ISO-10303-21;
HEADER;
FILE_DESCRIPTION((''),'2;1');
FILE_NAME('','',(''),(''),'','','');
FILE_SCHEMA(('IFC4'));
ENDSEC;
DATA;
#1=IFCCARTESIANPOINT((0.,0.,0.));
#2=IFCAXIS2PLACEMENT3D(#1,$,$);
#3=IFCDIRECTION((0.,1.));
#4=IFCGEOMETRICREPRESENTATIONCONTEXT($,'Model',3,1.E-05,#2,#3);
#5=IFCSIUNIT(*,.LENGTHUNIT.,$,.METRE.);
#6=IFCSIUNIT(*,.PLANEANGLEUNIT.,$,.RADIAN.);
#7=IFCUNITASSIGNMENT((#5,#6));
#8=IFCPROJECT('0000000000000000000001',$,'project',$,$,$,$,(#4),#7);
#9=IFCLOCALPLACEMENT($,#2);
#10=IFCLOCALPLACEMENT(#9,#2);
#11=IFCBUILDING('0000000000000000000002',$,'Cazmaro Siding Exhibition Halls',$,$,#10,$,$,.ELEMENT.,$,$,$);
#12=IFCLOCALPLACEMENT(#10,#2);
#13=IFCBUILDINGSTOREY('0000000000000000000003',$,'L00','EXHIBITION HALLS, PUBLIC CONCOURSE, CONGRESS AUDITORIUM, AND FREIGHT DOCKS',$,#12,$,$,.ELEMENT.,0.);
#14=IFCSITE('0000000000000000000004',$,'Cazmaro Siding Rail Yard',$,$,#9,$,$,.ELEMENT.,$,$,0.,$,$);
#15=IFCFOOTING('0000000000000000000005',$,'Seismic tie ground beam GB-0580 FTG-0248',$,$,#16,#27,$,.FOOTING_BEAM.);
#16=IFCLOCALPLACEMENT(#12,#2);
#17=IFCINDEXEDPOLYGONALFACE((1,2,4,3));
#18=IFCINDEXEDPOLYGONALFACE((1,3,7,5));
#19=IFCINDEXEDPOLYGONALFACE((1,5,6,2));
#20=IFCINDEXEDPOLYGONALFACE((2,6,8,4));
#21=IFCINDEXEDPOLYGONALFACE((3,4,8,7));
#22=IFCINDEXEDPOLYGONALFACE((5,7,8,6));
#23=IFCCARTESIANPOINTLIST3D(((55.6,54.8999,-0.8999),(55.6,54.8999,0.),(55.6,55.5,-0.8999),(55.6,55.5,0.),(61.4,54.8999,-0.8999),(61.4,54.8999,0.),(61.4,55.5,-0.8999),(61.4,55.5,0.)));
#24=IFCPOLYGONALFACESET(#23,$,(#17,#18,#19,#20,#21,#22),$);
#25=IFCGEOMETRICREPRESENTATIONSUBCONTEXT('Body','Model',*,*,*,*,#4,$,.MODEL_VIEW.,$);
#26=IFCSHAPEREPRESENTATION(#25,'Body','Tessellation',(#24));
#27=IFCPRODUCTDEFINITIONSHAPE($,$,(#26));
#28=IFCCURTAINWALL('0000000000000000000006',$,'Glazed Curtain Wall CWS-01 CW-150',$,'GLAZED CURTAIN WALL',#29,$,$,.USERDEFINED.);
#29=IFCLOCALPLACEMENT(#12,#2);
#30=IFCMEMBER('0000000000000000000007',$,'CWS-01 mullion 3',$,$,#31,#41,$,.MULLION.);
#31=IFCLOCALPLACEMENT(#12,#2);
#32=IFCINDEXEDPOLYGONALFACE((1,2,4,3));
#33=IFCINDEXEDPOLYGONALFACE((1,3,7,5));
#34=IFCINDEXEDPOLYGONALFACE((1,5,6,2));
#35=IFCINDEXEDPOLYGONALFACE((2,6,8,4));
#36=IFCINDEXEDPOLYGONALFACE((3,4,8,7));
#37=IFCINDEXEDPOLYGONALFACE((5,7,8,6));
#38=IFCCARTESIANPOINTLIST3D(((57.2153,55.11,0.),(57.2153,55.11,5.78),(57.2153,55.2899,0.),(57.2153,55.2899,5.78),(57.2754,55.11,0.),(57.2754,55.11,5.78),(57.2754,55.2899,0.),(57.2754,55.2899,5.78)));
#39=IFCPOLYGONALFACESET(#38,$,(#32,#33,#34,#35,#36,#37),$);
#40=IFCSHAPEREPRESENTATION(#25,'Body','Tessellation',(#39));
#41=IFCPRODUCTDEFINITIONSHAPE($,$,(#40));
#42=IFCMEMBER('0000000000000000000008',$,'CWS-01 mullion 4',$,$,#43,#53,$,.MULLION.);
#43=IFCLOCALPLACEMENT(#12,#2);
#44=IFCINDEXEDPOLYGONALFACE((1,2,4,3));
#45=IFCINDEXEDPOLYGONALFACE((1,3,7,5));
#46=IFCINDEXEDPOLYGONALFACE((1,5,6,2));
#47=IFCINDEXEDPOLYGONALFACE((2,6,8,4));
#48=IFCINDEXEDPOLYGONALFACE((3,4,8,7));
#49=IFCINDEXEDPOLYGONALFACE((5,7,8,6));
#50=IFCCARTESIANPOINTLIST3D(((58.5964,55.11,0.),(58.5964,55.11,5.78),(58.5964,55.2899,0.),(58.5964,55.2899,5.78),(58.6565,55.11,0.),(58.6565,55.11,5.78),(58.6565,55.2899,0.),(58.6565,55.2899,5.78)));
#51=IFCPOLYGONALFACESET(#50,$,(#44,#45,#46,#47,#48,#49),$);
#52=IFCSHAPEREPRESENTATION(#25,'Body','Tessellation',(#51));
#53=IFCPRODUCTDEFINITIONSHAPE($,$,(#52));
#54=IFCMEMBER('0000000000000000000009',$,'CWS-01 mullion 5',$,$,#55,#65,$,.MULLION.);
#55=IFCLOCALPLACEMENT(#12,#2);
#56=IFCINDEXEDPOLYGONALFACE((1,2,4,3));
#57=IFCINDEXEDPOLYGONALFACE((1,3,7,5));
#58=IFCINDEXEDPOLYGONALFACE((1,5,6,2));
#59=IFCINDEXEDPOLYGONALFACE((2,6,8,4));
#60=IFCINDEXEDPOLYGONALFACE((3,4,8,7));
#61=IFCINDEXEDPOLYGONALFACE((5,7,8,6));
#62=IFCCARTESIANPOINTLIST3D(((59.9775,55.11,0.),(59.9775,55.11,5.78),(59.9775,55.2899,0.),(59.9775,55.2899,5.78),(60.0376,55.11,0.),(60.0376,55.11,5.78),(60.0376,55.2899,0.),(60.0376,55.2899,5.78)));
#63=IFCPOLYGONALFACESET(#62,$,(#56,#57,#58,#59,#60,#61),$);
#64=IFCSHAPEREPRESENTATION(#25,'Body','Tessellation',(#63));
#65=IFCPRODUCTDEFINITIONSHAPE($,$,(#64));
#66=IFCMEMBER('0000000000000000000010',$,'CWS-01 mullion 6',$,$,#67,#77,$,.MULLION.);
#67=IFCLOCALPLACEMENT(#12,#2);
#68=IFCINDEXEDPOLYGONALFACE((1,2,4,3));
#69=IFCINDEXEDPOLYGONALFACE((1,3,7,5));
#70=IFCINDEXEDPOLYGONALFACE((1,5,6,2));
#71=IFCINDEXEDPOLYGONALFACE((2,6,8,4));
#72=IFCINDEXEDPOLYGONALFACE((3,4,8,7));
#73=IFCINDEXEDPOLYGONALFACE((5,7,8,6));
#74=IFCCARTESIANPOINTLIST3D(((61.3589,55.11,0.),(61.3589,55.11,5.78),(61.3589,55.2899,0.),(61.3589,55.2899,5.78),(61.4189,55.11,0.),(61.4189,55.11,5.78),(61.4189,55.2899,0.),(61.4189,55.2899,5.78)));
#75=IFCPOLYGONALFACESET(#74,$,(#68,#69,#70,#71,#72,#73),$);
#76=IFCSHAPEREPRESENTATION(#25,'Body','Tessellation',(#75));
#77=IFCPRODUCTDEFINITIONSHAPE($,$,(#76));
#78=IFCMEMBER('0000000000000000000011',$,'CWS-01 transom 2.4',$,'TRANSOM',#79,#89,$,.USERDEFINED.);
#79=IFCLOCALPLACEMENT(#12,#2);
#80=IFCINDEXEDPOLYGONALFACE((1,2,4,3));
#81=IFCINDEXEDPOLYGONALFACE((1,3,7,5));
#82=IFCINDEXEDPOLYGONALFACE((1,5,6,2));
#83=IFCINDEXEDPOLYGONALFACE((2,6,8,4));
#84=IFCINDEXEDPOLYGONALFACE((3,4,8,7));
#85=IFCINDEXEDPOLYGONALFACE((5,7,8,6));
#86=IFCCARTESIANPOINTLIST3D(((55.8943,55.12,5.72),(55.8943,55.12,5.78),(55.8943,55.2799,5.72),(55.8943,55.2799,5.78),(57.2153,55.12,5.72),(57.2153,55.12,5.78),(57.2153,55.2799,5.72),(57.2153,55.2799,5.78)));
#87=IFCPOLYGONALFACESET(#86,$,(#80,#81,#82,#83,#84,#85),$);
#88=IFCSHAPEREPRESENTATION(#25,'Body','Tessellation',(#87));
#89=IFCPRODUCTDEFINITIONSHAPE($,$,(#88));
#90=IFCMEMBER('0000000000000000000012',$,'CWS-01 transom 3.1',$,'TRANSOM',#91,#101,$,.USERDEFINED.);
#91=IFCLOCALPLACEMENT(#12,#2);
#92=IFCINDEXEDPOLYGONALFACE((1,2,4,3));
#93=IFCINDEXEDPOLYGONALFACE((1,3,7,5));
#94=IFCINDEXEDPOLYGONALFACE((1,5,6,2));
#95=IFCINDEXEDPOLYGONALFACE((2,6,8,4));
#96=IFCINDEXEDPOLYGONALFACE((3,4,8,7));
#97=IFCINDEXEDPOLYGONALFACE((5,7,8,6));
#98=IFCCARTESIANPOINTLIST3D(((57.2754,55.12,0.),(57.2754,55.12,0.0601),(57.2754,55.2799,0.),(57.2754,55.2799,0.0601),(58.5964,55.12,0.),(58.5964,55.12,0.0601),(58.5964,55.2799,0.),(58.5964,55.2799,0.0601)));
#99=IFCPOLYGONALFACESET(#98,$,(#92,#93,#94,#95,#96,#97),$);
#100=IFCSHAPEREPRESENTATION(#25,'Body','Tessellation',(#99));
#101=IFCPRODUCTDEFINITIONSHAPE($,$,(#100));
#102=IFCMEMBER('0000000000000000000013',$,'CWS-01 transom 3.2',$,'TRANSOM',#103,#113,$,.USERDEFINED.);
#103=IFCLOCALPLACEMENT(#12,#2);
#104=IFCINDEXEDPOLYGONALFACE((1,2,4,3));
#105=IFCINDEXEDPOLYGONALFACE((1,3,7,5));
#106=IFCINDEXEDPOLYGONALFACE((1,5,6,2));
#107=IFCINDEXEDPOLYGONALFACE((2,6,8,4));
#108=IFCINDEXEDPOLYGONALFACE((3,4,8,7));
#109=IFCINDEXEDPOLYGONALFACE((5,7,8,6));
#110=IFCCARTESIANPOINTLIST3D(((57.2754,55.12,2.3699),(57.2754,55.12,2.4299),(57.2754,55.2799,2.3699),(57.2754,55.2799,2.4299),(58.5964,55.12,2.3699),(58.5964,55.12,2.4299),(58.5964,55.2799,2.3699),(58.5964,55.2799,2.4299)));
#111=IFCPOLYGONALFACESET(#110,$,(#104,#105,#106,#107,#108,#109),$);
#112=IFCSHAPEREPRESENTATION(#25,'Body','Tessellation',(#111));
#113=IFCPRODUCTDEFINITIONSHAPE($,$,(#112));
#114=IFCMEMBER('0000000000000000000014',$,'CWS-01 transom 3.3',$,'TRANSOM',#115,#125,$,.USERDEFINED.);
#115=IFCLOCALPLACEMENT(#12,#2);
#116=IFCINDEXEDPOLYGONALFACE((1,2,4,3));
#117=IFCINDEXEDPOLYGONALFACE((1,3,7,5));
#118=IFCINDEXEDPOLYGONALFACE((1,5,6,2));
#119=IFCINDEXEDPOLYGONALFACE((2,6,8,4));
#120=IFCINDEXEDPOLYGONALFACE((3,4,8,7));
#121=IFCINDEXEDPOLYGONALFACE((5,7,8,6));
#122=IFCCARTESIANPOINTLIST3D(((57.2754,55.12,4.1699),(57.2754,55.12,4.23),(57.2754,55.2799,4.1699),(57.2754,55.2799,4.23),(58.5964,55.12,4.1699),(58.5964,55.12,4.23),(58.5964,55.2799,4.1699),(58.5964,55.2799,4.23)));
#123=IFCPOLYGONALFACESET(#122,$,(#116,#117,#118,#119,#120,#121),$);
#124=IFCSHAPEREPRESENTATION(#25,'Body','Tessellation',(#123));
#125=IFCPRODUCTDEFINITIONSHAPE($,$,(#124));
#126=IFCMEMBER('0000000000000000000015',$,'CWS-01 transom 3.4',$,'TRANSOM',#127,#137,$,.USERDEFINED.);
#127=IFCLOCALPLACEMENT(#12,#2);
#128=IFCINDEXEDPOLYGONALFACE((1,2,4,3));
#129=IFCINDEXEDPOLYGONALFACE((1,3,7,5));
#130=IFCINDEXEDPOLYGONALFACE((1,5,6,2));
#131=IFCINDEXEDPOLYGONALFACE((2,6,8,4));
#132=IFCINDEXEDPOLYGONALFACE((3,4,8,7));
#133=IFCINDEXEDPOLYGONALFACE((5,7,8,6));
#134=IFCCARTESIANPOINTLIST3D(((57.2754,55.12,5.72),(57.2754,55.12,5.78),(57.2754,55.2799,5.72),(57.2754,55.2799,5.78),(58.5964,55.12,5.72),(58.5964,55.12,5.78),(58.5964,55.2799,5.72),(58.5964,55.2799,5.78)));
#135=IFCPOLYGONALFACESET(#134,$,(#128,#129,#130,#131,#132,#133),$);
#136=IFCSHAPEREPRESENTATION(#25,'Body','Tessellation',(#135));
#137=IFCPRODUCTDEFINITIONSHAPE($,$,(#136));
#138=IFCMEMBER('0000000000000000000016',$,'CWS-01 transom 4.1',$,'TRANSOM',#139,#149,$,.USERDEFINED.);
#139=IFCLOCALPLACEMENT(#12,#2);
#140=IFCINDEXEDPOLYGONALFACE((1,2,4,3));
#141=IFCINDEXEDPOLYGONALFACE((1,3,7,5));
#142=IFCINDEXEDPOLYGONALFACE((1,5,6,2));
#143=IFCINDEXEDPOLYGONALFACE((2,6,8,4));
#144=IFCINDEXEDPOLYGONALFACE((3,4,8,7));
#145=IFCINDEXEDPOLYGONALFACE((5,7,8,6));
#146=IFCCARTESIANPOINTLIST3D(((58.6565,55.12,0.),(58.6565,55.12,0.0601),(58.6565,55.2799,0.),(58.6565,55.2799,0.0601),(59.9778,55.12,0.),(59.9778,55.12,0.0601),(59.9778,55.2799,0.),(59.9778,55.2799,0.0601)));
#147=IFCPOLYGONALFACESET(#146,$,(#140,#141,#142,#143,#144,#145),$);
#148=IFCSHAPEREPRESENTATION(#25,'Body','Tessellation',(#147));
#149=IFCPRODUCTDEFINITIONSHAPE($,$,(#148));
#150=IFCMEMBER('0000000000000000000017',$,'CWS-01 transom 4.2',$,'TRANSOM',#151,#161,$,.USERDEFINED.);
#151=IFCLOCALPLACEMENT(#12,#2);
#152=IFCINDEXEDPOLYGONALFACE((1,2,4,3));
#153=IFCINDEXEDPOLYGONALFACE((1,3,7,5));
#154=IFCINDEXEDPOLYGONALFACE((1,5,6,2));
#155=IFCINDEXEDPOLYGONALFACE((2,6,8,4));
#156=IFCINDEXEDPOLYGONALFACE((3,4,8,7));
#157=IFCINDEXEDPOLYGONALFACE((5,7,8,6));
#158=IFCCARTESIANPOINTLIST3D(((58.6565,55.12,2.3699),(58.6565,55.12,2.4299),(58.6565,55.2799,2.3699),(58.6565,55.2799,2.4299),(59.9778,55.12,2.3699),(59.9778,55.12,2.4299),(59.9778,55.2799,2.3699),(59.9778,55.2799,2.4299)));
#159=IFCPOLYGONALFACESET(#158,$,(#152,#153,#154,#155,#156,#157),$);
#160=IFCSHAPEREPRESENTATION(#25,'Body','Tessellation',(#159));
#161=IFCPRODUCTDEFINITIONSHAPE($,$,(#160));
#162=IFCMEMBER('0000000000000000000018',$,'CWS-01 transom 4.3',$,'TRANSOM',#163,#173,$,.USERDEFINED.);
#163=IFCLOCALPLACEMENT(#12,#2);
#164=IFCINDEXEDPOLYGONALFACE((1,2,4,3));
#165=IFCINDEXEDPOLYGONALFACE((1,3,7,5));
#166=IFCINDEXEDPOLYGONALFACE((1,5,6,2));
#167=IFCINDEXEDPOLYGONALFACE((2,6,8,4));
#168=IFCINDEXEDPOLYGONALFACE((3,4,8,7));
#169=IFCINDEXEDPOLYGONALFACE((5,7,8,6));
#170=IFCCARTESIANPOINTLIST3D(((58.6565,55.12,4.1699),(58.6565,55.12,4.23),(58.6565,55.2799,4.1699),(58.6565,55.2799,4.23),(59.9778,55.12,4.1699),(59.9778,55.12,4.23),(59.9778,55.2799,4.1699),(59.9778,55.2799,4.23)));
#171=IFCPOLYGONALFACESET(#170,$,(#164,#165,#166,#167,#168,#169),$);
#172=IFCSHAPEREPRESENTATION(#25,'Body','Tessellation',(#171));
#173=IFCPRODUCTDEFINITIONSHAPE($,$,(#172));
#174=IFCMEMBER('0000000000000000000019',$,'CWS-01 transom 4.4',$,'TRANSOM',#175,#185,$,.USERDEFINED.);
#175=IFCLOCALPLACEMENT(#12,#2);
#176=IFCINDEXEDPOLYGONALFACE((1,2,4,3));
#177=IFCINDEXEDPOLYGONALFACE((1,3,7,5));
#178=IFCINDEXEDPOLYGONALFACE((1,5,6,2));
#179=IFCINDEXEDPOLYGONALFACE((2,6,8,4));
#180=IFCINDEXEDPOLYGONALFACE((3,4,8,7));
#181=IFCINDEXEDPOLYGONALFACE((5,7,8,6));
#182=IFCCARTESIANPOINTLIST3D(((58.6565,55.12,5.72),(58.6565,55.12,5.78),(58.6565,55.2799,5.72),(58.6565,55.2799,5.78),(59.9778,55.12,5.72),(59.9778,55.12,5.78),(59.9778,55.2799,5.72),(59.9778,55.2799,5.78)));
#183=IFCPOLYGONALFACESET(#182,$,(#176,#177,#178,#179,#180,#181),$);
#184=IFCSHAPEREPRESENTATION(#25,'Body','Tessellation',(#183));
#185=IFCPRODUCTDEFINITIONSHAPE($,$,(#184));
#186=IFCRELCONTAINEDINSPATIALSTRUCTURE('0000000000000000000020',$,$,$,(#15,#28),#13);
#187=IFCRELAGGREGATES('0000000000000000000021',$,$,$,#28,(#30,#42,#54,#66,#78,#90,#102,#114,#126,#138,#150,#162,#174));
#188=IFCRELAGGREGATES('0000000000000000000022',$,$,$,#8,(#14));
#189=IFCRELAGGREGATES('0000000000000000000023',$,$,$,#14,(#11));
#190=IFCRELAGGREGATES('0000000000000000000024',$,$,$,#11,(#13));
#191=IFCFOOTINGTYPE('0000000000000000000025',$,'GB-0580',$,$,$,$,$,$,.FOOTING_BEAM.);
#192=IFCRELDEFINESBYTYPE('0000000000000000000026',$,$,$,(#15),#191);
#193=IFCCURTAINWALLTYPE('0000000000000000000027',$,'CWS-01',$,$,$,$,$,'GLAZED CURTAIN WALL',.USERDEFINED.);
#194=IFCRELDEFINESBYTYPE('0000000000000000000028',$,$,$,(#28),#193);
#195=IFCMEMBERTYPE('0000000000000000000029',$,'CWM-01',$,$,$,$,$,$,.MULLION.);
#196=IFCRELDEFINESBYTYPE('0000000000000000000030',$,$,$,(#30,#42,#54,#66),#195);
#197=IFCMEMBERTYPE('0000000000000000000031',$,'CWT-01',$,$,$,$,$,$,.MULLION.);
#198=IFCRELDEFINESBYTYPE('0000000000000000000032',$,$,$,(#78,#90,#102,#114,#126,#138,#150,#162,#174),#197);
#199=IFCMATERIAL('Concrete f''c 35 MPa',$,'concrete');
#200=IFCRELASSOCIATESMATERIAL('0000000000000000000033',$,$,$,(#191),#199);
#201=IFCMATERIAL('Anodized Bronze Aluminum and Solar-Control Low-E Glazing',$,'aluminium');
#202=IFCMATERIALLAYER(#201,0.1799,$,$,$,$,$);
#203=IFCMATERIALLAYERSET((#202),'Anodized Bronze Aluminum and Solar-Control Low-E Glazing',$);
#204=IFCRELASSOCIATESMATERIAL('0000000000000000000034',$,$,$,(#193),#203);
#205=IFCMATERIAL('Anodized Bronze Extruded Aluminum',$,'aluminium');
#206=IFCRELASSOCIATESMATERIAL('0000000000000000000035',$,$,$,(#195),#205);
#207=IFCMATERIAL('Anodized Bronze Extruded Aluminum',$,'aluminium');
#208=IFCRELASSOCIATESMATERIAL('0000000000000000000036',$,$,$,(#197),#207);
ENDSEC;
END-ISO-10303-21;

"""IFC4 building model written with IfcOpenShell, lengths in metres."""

from ifc_helpers import new_model, si_unit, direction, frame, origin, origin_2d, place, context, subcontext, project, spatial, rectangle, extrude, material, layer, layer_set, material_profile, profile_set, type_object, element, aggregate, save


model = new_model("IFC4")

# Units and contexts
model_context = context("Model", 3, precision=1e-05, world=origin(), true_north=direction((0.0, 1.0)))
body_context = subcontext(model_context, "Body", "Model", "MODEL_VIEW")
ifc_project = project(units=[si_unit("LENGTHUNIT", "METRE"), si_unit("PLANEANGLEUNIT", "RADIAN")], contexts=[model_context])

# Site, building, storey
site_placement = place(None, origin())
site = spatial("IfcSite", under=ifc_project, at=site_placement, Name="Cazmaro Siding Rail Yard", CompositionType="ELEMENT", RefElevation=0.0)
building_placement = place(site_placement, origin())
building = spatial("IfcBuilding", under=site, at=building_placement, Name="Cazmaro Siding Exhibition Halls", CompositionType="ELEMENT")
storey_placement = place(building_placement, origin())
storey = spatial("IfcBuildingStorey", under=building, at=storey_placement, Name="L00", Description="EXHIBITION HALLS, PUBLIC CONCOURSE, CONGRESS AUDITORIUM, AND FREIGHT DOCKS", CompositionType="ELEMENT", Elevation=0.0)

# Footing
ifc_material_1 = material(Name="Concrete f'c 35 MPa", Category="concrete")
footing_type = type_object("IfcFootingType", Name="GB-0580", PredefinedType="FOOTING_BEAM", material=ifc_material_1)
footing_placement = place(storey_placement, frame((58.5, 55.2, -0.8999), z_axis=(0.0, 0.0, 1.0), x_axis=(1.0, 0.0, 0.0)))
element("IfcFooting", 1, at=footing_placement, inside=storey, type_object=footing_type, Name="Seismic tie ground beam GB-0580 FTG-0248", PredefinedType="FOOTING_BEAM", context=body_context, shape_type="SweptSolid", body=[
    extrude(rectangle(XDim=5.8, YDim=0.6001, at=origin_2d()), origin(), (0.0, 0.0, 1.0), 0.8999),
])

# Curtain wall, members
ifc_material_2 = material(Name="Anodized Bronze Aluminum and Solar-Control Low-E Glazing", Category="aluminium")
ifc_layer_1 = layer(ifc_material_2, 0.1799)
ifc_layer_set_1 = layer_set([ifc_layer_1], Name="Anodized Bronze Aluminum and Solar-Control Low-E Glazing")
curtain_wall_type = type_object("IfcCurtainWallType", Name="CWS-01", ElementType="GLAZED CURTAIN WALL", PredefinedType="USERDEFINED", material=ifc_layer_set_1)
curtain_wall_placement = place(storey_placement, origin())
curtain_wall = element("IfcCurtainWall", 2, at=curtain_wall_placement, inside=storey, type_object=curtain_wall_type, Name="Glazed Curtain Wall CWS-01 CW-150", ObjectType="GLAZED CURTAIN WALL", PredefinedType="USERDEFINED")
ifc_material_3 = material(Name="Anodized Bronze Extruded Aluminum", Category="aluminium")
ifc_material_profile_1 = material_profile(ifc_material_3, rectangle(XDim=0.1799, YDim=0.0601, at=origin_2d()), Name="CWM-01")
ifc_profile_set_1 = profile_set([ifc_material_profile_1], Name="Anodized Bronze Extruded Aluminum")
member_type_1 = type_object("IfcMemberType", Name="CWM-01", PredefinedType="MULLION", material=ifc_profile_set_1)
member_1_placement = place(storey_placement, frame((57.2454, 55.2, 0.0), z_axis=(0.0, 0.0, 1.0), x_axis=(0.0, 1.0, 0.0)))
member_1 = element("IfcMember", 3, at=member_1_placement, type_object=member_type_1, Name="CWS-01 mullion 3", PredefinedType="MULLION", context=body_context, shape_type="SweptSolid", body=[
    extrude(rectangle(XDim=0.1799, YDim=0.0601, at=origin_2d()), origin(), (0.0, 0.0, 1.0), 5.78),
])
member_2_placement = place(storey_placement, frame((58.6265, 55.2, 0.0), z_axis=(0.0, 0.0, 1.0), x_axis=(0.0, 1.0, 0.0)))
member_2 = element("IfcMember", 4, at=member_2_placement, type_object=member_type_1, Name="CWS-01 mullion 4", PredefinedType="MULLION", context=body_context, shape_type="SweptSolid", body=[
    extrude(rectangle(XDim=0.1799, YDim=0.0601, at=origin_2d()), origin(), (0.0, 0.0, 1.0), 5.78),
])
member_3_placement = place(storey_placement, frame((60.0076, 55.2, 0.0), z_axis=(0.0, 0.0, 1.0), x_axis=(0.0, 1.0, 0.0)))
member_3 = element("IfcMember", 5, at=member_3_placement, type_object=member_type_1, Name="CWS-01 mullion 5", PredefinedType="MULLION", context=body_context, shape_type="SweptSolid", body=[
    extrude(rectangle(XDim=0.1799, YDim=0.0601, at=origin_2d()), origin(), (0.0, 0.0, 1.0), 5.78),
])
member_4_placement = place(storey_placement, frame((61.3889, 55.2, 0.0), z_axis=(0.0, 0.0, 1.0), x_axis=(0.0, 1.0, 0.0)))
member_4 = element("IfcMember", 6, at=member_4_placement, type_object=member_type_1, Name="CWS-01 mullion 6", PredefinedType="MULLION", context=body_context, shape_type="SweptSolid", body=[
    extrude(rectangle(XDim=0.1799, YDim=0.0601, at=origin_2d()), origin(), (0.0, 0.0, 1.0), 5.78),
])
ifc_material_4 = material(Name="Anodized Bronze Extruded Aluminum", Category="aluminium")
ifc_material_profile_2 = material_profile(ifc_material_4, rectangle(XDim=0.1599, YDim=0.0601, at=origin_2d()), Name="CWT-01")
ifc_profile_set_2 = profile_set([ifc_material_profile_2], Name="Anodized Bronze Extruded Aluminum")
member_type_2 = type_object("IfcMemberType", Name="CWT-01", PredefinedType="MULLION", material=ifc_profile_set_2)
member_5_placement = place(storey_placement, frame((55.8943, 55.2, 5.75), z_axis=(1.0, 0.0, 0.0), x_axis=(0.0, 1.0, 0.0)))
member_5 = element("IfcMember", 7, at=member_5_placement, type_object=member_type_2, Name="CWS-01 transom 2.4", ObjectType="TRANSOM", PredefinedType="USERDEFINED", context=body_context, shape_type="SweptSolid", body=[
    extrude(rectangle(XDim=0.1599, YDim=0.0601, at=origin_2d()), origin(), (0.0, 0.0, 1.0), 1.321),
])
member_6_placement = place(storey_placement, frame((57.2754, 55.2, 0.03), z_axis=(1.0, 0.0, 0.0), x_axis=(0.0, 1.0, 0.0)))
member_6 = element("IfcMember", 8, at=member_6_placement, type_object=member_type_2, Name="CWS-01 transom 3.1", ObjectType="TRANSOM", PredefinedType="USERDEFINED", context=body_context, shape_type="SweptSolid", body=[
    extrude(rectangle(XDim=0.1599, YDim=0.0601, at=origin_2d()), origin(), (0.0, 0.0, 1.0), 1.321),
])
member_7_placement = place(storey_placement, frame((57.2754, 55.2, 2.3999), z_axis=(1.0, 0.0, 0.0), x_axis=(0.0, 1.0, 0.0)))
member_7 = element("IfcMember", 9, at=member_7_placement, type_object=member_type_2, Name="CWS-01 transom 3.2", ObjectType="TRANSOM", PredefinedType="USERDEFINED", context=body_context, shape_type="SweptSolid", body=[
    extrude(rectangle(XDim=0.1599, YDim=0.0601, at=origin_2d()), origin(), (0.0, 0.0, 1.0), 1.321),
])
member_8_placement = place(storey_placement, frame((57.2754, 55.2, 4.2), z_axis=(1.0, 0.0, 0.0), x_axis=(0.0, 1.0, 0.0)))
member_8 = element("IfcMember", 10, at=member_8_placement, type_object=member_type_2, Name="CWS-01 transom 3.3", ObjectType="TRANSOM", PredefinedType="USERDEFINED", context=body_context, shape_type="SweptSolid", body=[
    extrude(rectangle(XDim=0.1599, YDim=0.0601, at=origin_2d()), origin(), (0.0, 0.0, 1.0), 1.321),
])
member_9_placement = place(storey_placement, frame((57.2754, 55.2, 5.75), z_axis=(1.0, 0.0, 0.0), x_axis=(0.0, 1.0, 0.0)))
member_9 = element("IfcMember", 11, at=member_9_placement, type_object=member_type_2, Name="CWS-01 transom 3.4", ObjectType="TRANSOM", PredefinedType="USERDEFINED", context=body_context, shape_type="SweptSolid", body=[
    extrude(rectangle(XDim=0.1599, YDim=0.0601, at=origin_2d()), origin(), (0.0, 0.0, 1.0), 1.321),
])
member_10_placement = place(storey_placement, frame((58.6565, 55.2, 0.03), z_axis=(1.0, 0.0, 0.0), x_axis=(0.0, 1.0, 0.0)))
member_10 = element("IfcMember", 12, at=member_10_placement, type_object=member_type_2, Name="CWS-01 transom 4.1", ObjectType="TRANSOM", PredefinedType="USERDEFINED", context=body_context, shape_type="SweptSolid", body=[
    extrude(rectangle(XDim=0.1599, YDim=0.0601, at=origin_2d()), origin(), (0.0, 0.0, 1.0), 1.3213),
])
member_11_placement = place(storey_placement, frame((58.6565, 55.2, 2.3999), z_axis=(1.0, 0.0, 0.0), x_axis=(0.0, 1.0, 0.0)))
member_11 = element("IfcMember", 13, at=member_11_placement, type_object=member_type_2, Name="CWS-01 transom 4.2", ObjectType="TRANSOM", PredefinedType="USERDEFINED", context=body_context, shape_type="SweptSolid", body=[
    extrude(rectangle(XDim=0.1599, YDim=0.0601, at=origin_2d()), origin(), (0.0, 0.0, 1.0), 1.3213),
])
member_12_placement = place(storey_placement, frame((58.6565, 55.2, 4.2), z_axis=(1.0, 0.0, 0.0), x_axis=(0.0, 1.0, 0.0)))
member_12 = element("IfcMember", 14, at=member_12_placement, type_object=member_type_2, Name="CWS-01 transom 4.3", ObjectType="TRANSOM", PredefinedType="USERDEFINED", context=body_context, shape_type="SweptSolid", body=[
    extrude(rectangle(XDim=0.1599, YDim=0.0601, at=origin_2d()), origin(), (0.0, 0.0, 1.0), 1.3213),
])
member_13_placement = place(storey_placement, frame((58.6565, 55.2, 5.75), z_axis=(1.0, 0.0, 0.0), x_axis=(0.0, 1.0, 0.0)))
member_13 = element("IfcMember", 15, at=member_13_placement, type_object=member_type_2, Name="CWS-01 transom 4.4", ObjectType="TRANSOM", PredefinedType="USERDEFINED", context=body_context, shape_type="SweptSolid", body=[
    extrude(rectangle(XDim=0.1599, YDim=0.0601, at=origin_2d()), origin(), (0.0, 0.0, 1.0), 1.3213),
])
aggregate(curtain_wall, [member_1, member_2, member_3, member_4, member_5, member_6, member_7, member_8, member_9, member_10, member_11, member_12, member_13])

save(model, "model.ifc")
